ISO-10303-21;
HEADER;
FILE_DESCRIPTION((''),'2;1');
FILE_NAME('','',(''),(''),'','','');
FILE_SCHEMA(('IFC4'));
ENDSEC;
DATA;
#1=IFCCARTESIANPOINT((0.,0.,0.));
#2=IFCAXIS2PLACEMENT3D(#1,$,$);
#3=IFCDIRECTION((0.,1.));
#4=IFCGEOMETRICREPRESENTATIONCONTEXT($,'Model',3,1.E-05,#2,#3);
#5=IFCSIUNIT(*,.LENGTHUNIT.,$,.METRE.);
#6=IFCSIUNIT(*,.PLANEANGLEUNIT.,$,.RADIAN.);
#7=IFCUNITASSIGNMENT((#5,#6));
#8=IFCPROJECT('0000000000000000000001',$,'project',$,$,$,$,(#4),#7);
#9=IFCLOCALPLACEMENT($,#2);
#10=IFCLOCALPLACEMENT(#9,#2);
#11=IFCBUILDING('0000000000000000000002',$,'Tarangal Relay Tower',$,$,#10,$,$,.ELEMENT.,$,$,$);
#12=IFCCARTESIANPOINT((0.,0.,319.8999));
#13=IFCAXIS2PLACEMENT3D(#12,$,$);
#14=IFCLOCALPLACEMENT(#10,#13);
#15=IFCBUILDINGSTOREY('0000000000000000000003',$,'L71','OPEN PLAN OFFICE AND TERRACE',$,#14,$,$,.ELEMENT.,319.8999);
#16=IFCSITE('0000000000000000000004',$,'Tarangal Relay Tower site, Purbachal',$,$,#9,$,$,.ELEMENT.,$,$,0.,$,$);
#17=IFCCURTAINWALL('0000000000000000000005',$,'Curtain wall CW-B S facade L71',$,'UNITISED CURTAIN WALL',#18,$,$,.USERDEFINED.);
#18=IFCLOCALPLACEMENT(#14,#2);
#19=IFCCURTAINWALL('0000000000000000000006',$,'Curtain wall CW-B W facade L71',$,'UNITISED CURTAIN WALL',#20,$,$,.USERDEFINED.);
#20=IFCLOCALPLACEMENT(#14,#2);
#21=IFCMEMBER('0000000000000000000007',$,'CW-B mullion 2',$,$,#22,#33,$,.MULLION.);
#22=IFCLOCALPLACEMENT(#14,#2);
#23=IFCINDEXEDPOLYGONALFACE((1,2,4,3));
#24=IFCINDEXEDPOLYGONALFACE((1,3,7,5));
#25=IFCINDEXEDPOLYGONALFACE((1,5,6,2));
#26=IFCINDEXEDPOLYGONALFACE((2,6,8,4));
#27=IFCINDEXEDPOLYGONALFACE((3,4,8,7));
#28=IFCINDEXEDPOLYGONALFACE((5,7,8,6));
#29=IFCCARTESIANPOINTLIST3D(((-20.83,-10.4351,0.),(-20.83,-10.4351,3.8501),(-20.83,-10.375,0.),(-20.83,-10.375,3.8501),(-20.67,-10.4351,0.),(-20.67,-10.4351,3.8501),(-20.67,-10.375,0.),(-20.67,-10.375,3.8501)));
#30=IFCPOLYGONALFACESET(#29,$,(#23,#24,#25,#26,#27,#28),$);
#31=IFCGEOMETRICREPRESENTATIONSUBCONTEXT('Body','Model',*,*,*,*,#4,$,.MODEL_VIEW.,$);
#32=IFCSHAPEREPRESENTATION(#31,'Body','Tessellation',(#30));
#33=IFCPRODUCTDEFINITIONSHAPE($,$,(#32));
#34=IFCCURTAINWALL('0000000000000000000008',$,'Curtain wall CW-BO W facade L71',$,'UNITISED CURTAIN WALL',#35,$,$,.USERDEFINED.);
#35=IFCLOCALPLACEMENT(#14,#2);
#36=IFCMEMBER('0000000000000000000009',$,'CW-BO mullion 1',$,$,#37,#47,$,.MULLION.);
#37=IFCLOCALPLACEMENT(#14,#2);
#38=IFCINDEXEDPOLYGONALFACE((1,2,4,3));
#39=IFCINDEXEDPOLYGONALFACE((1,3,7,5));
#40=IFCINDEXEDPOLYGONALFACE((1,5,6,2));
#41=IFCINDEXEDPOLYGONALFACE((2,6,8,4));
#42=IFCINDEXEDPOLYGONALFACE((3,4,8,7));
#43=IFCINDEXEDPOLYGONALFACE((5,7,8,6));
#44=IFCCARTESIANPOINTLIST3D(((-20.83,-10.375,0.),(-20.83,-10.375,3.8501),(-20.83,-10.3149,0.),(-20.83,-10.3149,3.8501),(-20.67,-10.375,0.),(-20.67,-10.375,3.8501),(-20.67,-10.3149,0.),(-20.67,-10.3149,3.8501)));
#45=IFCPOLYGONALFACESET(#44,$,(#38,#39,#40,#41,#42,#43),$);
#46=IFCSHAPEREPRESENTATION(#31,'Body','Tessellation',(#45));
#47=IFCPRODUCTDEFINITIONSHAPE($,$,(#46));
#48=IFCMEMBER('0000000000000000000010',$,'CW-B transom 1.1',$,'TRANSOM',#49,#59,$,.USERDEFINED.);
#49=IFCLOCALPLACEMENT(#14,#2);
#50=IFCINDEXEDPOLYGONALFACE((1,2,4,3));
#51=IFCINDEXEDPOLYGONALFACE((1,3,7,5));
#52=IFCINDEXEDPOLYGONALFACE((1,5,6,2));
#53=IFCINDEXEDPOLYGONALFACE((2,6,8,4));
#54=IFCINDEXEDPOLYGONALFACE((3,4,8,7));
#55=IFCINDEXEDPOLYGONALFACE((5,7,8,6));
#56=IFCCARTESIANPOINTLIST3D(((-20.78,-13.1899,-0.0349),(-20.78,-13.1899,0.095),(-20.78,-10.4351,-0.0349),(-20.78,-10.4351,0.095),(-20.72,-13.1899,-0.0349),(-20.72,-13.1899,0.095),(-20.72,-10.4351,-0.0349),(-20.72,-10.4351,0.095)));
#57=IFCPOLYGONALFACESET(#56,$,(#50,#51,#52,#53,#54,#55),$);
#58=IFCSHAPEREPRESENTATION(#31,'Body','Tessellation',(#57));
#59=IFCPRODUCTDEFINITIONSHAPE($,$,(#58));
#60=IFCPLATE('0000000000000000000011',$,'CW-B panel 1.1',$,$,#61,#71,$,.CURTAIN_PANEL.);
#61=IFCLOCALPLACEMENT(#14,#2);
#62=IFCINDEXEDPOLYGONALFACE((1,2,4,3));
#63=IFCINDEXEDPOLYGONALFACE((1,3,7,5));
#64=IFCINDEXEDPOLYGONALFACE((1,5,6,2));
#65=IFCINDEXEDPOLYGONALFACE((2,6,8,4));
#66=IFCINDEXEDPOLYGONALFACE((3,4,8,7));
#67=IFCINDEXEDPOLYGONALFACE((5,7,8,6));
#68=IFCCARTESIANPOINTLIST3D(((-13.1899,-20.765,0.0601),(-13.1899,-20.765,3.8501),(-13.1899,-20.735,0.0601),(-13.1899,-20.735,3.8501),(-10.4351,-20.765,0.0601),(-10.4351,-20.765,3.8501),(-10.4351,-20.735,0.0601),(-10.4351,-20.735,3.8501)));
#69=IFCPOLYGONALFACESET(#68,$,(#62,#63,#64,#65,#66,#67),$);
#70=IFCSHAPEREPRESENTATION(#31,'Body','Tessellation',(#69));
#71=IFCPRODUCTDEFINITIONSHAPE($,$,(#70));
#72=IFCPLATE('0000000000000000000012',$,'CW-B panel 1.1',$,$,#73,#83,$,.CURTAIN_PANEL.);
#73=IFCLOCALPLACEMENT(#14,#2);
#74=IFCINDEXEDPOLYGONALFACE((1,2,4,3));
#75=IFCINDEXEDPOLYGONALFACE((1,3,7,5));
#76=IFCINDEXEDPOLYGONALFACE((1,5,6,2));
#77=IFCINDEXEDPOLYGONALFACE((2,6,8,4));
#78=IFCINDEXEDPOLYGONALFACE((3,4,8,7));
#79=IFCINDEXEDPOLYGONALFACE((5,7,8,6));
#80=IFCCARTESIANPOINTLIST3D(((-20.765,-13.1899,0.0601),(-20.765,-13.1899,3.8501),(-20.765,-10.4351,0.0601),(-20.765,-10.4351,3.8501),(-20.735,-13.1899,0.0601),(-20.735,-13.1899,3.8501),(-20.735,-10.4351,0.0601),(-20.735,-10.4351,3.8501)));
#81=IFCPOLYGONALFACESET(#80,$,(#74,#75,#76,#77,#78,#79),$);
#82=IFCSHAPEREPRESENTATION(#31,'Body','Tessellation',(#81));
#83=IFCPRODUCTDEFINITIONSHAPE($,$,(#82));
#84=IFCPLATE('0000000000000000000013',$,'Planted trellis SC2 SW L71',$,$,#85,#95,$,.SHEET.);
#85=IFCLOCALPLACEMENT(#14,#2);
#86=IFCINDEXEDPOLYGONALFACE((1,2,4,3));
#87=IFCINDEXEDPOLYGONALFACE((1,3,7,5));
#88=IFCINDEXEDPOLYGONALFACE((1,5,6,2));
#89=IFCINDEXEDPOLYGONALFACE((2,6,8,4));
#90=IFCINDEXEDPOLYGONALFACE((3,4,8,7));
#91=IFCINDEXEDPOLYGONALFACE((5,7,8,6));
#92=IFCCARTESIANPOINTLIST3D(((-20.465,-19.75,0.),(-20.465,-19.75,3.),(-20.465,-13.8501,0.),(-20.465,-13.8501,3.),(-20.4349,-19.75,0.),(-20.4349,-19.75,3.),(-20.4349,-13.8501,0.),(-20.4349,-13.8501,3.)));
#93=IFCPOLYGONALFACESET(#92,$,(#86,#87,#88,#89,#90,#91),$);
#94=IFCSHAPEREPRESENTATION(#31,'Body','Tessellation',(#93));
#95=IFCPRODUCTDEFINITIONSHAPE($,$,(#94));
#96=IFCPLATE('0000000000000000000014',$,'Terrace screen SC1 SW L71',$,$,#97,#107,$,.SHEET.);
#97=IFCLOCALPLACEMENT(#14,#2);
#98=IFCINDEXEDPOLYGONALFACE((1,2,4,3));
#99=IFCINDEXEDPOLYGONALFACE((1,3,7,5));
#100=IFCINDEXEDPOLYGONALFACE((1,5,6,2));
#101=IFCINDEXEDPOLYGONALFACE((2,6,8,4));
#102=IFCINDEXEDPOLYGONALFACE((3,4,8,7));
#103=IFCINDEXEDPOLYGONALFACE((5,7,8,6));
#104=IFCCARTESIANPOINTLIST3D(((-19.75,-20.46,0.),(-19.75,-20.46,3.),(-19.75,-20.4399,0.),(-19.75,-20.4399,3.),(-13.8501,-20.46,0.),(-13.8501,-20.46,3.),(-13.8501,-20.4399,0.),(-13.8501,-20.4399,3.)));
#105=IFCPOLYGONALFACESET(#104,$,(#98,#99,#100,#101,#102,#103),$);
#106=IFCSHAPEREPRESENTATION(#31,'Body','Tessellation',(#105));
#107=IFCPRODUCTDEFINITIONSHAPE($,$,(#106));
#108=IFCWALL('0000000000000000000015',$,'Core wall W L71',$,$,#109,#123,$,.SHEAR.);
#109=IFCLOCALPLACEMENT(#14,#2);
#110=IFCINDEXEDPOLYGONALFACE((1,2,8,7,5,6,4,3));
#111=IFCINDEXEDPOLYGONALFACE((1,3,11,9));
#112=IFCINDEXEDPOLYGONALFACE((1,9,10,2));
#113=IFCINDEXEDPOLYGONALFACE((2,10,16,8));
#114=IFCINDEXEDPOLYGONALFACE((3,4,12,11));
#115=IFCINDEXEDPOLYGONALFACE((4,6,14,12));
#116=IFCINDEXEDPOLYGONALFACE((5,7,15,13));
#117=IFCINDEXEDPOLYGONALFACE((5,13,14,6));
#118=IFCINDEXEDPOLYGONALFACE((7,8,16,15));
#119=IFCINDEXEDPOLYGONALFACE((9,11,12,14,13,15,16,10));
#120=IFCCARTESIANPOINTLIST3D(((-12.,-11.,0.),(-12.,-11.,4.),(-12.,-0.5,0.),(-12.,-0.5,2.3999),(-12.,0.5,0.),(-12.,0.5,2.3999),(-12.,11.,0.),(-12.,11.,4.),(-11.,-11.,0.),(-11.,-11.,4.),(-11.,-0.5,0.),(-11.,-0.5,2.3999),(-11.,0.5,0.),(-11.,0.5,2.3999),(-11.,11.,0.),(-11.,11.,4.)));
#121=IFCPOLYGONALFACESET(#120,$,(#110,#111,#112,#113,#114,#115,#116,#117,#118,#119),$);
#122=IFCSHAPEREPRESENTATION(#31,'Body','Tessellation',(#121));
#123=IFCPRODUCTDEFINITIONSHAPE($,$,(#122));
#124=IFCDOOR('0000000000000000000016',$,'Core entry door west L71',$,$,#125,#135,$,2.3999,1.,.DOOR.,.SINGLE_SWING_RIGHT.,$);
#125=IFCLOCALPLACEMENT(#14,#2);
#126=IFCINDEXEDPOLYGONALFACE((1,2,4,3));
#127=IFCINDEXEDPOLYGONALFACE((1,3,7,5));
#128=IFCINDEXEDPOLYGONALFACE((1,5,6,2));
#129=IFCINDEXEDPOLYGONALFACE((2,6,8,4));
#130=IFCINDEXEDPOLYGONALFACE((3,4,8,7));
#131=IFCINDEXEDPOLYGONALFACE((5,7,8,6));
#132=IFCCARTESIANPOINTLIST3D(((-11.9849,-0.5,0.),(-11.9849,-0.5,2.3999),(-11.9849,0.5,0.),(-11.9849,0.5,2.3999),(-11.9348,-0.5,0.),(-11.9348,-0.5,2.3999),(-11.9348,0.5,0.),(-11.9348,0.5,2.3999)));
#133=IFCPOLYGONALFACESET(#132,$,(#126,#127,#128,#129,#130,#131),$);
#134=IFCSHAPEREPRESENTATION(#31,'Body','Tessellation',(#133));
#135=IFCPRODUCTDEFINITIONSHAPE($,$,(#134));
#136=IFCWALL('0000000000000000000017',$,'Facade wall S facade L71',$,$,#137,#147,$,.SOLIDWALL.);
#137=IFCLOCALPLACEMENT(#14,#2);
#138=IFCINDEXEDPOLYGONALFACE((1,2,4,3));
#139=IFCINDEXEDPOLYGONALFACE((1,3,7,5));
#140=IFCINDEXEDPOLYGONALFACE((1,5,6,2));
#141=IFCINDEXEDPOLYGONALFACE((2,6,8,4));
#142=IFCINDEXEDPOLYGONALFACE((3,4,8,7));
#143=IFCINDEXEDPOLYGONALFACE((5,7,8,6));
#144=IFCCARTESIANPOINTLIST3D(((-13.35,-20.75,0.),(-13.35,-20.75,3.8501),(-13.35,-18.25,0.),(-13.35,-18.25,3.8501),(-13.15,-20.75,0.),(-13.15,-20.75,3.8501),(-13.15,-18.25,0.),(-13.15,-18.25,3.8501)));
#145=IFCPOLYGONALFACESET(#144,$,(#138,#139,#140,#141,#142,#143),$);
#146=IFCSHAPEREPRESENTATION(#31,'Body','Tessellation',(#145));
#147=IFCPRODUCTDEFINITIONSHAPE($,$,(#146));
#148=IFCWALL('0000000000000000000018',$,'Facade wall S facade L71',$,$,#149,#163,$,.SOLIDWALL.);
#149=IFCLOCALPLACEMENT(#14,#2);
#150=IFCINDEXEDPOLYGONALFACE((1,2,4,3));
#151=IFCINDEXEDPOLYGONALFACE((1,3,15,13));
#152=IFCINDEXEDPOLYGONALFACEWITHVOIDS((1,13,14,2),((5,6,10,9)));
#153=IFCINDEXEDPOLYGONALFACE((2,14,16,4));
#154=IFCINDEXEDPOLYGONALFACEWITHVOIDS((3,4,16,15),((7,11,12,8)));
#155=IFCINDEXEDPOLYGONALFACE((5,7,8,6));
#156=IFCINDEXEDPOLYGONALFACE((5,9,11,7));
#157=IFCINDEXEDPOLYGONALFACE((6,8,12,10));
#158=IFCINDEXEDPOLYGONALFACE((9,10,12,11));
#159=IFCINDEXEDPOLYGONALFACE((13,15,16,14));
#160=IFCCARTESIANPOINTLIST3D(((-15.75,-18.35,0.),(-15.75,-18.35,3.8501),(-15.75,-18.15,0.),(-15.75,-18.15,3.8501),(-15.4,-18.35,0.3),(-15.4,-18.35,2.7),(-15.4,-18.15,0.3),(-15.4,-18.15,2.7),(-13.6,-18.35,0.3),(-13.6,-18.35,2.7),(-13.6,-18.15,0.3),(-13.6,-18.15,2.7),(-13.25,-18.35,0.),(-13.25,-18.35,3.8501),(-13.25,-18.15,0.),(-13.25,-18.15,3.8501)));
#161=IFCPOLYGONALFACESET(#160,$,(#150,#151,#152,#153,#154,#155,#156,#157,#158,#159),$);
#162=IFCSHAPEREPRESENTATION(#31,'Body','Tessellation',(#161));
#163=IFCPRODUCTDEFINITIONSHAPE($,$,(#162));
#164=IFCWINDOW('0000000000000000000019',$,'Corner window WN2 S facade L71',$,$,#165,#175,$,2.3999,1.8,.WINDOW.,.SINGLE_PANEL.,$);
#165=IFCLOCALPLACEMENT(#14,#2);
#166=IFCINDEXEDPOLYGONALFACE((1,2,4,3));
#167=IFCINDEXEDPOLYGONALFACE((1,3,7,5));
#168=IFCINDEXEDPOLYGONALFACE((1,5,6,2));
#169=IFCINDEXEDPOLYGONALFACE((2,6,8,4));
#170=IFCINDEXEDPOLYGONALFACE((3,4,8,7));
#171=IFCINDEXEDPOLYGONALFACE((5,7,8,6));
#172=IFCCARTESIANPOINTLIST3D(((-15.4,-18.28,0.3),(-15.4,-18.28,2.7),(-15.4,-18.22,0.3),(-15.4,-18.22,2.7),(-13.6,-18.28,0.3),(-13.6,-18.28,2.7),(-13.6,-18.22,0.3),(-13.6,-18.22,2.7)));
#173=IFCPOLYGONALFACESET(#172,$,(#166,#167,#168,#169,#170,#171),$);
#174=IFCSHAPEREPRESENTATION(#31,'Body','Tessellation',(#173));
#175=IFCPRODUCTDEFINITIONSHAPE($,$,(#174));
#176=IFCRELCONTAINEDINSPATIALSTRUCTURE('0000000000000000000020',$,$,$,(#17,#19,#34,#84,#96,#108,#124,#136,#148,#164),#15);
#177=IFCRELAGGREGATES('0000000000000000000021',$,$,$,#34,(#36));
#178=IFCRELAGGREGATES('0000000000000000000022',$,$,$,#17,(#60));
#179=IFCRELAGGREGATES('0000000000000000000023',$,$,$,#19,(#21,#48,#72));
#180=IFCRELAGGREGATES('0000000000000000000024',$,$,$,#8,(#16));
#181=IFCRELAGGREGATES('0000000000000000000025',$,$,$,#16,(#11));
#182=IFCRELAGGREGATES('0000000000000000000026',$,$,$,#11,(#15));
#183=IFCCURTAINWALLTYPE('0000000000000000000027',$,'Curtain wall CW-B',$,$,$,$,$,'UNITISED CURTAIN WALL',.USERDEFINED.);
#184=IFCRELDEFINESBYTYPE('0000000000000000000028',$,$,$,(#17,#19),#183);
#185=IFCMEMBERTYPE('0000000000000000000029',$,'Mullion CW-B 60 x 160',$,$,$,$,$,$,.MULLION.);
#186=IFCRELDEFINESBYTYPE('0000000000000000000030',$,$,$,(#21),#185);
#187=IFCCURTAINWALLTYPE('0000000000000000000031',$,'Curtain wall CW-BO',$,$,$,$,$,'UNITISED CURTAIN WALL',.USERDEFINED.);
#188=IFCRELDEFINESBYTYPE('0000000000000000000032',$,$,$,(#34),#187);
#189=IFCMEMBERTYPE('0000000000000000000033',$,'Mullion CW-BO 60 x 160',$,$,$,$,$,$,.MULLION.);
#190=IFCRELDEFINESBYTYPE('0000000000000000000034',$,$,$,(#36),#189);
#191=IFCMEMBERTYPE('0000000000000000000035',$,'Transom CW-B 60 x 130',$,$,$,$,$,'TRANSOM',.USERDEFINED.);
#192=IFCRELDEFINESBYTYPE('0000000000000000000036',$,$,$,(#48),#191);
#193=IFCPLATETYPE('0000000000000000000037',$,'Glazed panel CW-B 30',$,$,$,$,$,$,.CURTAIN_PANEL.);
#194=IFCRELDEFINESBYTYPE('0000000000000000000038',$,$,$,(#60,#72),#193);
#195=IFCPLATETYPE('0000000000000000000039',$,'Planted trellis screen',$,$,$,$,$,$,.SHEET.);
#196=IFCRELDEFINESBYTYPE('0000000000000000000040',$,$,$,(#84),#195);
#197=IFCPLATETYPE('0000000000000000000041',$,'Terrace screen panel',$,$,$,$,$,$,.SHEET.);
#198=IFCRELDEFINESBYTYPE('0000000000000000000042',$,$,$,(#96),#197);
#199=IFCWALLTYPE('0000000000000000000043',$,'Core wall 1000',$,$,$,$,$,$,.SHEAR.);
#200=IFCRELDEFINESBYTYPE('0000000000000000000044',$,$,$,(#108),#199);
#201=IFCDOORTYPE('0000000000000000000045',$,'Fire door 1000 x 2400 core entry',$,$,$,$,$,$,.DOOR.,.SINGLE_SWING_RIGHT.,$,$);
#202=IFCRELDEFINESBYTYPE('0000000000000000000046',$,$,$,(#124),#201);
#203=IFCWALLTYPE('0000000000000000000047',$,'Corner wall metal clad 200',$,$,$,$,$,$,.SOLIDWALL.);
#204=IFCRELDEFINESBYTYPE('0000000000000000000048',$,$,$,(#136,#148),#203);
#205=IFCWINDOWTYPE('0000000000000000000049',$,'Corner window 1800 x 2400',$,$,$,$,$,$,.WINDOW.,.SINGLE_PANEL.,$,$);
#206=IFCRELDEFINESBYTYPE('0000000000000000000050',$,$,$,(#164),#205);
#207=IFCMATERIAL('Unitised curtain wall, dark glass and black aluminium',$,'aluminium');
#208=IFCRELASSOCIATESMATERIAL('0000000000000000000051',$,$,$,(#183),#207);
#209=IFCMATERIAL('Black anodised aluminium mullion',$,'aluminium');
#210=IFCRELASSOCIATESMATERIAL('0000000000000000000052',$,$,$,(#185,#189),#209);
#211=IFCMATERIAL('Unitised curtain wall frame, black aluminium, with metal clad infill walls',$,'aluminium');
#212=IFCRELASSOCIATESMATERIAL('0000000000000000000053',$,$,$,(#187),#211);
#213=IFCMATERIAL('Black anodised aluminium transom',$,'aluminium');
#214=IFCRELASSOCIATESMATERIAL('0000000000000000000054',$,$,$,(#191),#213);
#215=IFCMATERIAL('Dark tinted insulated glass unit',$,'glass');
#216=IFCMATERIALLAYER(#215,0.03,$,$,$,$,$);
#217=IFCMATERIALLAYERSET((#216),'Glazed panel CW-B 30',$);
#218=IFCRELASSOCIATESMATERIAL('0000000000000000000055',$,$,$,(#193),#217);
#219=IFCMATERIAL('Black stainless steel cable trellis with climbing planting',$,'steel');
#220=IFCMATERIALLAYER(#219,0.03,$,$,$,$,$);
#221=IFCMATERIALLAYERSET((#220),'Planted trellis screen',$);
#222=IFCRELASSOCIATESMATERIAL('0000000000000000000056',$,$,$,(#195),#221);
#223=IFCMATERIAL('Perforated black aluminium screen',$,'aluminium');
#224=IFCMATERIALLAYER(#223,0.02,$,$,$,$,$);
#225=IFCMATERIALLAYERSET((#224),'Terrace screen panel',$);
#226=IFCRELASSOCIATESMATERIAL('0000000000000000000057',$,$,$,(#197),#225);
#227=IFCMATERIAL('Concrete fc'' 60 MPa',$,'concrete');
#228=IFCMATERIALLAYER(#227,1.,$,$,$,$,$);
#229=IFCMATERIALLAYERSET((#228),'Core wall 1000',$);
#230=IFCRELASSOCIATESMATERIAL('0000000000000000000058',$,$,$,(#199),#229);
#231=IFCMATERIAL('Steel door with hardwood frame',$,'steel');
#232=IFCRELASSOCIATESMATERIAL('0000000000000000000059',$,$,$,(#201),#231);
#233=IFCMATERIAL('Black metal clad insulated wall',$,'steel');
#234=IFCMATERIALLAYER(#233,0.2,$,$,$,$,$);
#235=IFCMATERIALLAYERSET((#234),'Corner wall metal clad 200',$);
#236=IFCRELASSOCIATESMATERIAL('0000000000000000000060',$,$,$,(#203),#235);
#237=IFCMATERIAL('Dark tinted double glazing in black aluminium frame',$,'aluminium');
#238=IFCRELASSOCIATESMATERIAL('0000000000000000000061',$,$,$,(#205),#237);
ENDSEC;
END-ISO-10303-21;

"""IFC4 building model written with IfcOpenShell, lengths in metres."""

from ifc_helpers import new_model, si_unit, direction, frame, frame_2d, origin, origin_2d, place, context, subcontext, project, spatial, rectangle, extrude, material, layer, layer_set, material_profile, profile_set, type_object, element, fill, aggregate, save


model = new_model("IFC4")

# Units and contexts
model_context = context("Model", 3, precision=1e-05, world=origin(), true_north=direction((0.0, 1.0)))
body_context = subcontext(model_context, "Body", "Model", "MODEL_VIEW")
ifc_project = project(units=[si_unit("LENGTHUNIT", "METRE"), si_unit("PLANEANGLEUNIT", "RADIAN")], contexts=[model_context])

# Site, building, storey
site_placement = place(None, origin())
site = spatial("IfcSite", under=ifc_project, at=site_placement, Name="Tarangal Relay Tower site, Purbachal", CompositionType="ELEMENT", RefElevation=0.0)
building_placement = place(site_placement, origin())
building = spatial("IfcBuilding", under=site, at=building_placement, Name="Tarangal Relay Tower", CompositionType="ELEMENT")
storey_placement = place(building_placement, frame((0.0, 0.0, 319.8999)))
storey = spatial("IfcBuildingStorey", under=building, at=storey_placement, Name="L71", Description="OPEN PLAN OFFICE AND TERRACE", CompositionType="ELEMENT", Elevation=319.8999)

# Curtain wall
ifc_material_1 = material(Name="Unitised curtain wall, dark glass and black aluminium", Category="aluminium")
curtain_wall_type_1 = type_object("IfcCurtainWallType", Name="Curtain wall CW-B", ElementType="UNITISED CURTAIN WALL", PredefinedType="USERDEFINED", material=ifc_material_1)
curtain_wall_1_placement = place(storey_placement, origin())
curtain_wall_1 = element("IfcCurtainWall", 1, at=curtain_wall_1_placement, inside=storey, type_object=curtain_wall_type_1, Name="Curtain wall CW-B S facade L71", ObjectType="UNITISED CURTAIN WALL", PredefinedType="USERDEFINED")
ifc_material_2 = material(Name="Black anodised aluminium mullion", Category="aluminium")
ifc_material_profile_1 = material_profile(ifc_material_2, rectangle(XDim=0.1599, YDim=0.0601, at=origin_2d()), Name="CW-BM 60X160")
ifc_profile_set_1 = profile_set([ifc_material_profile_1], Name="Black anodised aluminium mullion")
member_type_1 = type_object("IfcMemberType", Name="Mullion CW-B 60 x 160", PredefinedType="MULLION", material=ifc_profile_set_1)

# Curtain wall, member
curtain_wall_2_placement = place(storey_placement, origin())
curtain_wall_2 = element("IfcCurtainWall", 2, at=curtain_wall_2_placement, inside=storey, type_object=curtain_wall_type_1, Name="Curtain wall CW-B W facade L71", ObjectType="UNITISED CURTAIN WALL", PredefinedType="USERDEFINED")
member_1_placement = place(storey_placement, frame((-20.75, -10.405, 0.0), z_axis=(0.0, 0.0, 1.0), x_axis=(-1.0, 0.0, 0.0)))
member_1 = element("IfcMember", 3, at=member_1_placement, type_object=member_type_1, Name="CW-B mullion 2", PredefinedType="MULLION", context=body_context, shape_type="SweptSolid", body=[
    extrude(rectangle(XDim=0.1599, YDim=0.0601, at=origin_2d()), origin(), (0.0, 0.0, 1.0), 3.8501),
])

# Curtain wall, member
ifc_material_3 = material(Name="Unitised curtain wall frame, black aluminium, with metal clad infill walls", Category="aluminium")
curtain_wall_type_2 = type_object("IfcCurtainWallType", Name="Curtain wall CW-BO", ElementType="UNITISED CURTAIN WALL", PredefinedType="USERDEFINED", material=ifc_material_3)
curtain_wall_3_placement = place(storey_placement, origin())
curtain_wall_3 = element("IfcCurtainWall", 4, at=curtain_wall_3_placement, inside=storey, type_object=curtain_wall_type_2, Name="Curtain wall CW-BO W facade L71", ObjectType="UNITISED CURTAIN WALL", PredefinedType="USERDEFINED")
ifc_material_profile_2 = material_profile(ifc_material_2, rectangle(XDim=0.1599, YDim=0.0601, at=origin_2d()), Name="CW-BOM 60X160")
ifc_profile_set_2 = profile_set([ifc_material_profile_2], Name="Black anodised aluminium mullion")
member_type_2 = type_object("IfcMemberType", Name="Mullion CW-BO 60 x 160", PredefinedType="MULLION", material=ifc_profile_set_2)
member_2_placement = place(storey_placement, frame((-20.75, -10.345, 0.0), z_axis=(0.0, 0.0, 1.0), x_axis=(-1.0, 0.0, 0.0)))
member_2 = element("IfcMember", 5, at=member_2_placement, type_object=member_type_2, Name="CW-BO mullion 1", PredefinedType="MULLION", context=body_context, shape_type="SweptSolid", body=[
    extrude(rectangle(XDim=0.1599, YDim=0.0601, at=origin_2d()), origin(), (0.0, 0.0, 1.0), 3.8501),
])
aggregate(curtain_wall_3, [member_2])

# Member
ifc_material_4 = material(Name="Black anodised aluminium transom", Category="aluminium")
ifc_material_profile_3 = material_profile(ifc_material_4, rectangle(XDim=0.0601, YDim=0.1299, at=origin_2d()), Name="CW-BT 60X130")
ifc_profile_set_3 = profile_set([ifc_material_profile_3], Name="Black anodised aluminium transom")
member_type_3 = type_object("IfcMemberType", Name="Transom CW-B 60 x 130", ElementType="TRANSOM", PredefinedType="USERDEFINED", material=ifc_profile_set_3)
member_3_placement = place(storey_placement, frame((-20.75, -13.1899, 0.03), z_axis=(0.0, 1.0, 0.0), x_axis=(-1.0, 0.0, 0.0)))
member_3 = element("IfcMember", 6, at=member_3_placement, type_object=member_type_3, Name="CW-B transom 1.1", ObjectType="TRANSOM", PredefinedType="USERDEFINED", context=body_context, shape_type="SweptSolid", body=[
    extrude(rectangle(XDim=0.0601, YDim=0.1299, at=origin_2d()), origin(), (0.0, 0.0, 1.0), 2.7549),
])

# Plates
ifc_material_5 = material(Name="Dark tinted insulated glass unit", Category="glass")
ifc_layer_1 = layer(ifc_material_5, 0.03)
ifc_layer_set_1 = layer_set([ifc_layer_1], Name="Glazed panel CW-B 30")
plate_type_1 = type_object("IfcPlateType", Name="Glazed panel CW-B 30", PredefinedType="CURTAIN_PANEL", material=ifc_layer_set_1)
plate_1_placement = place(storey_placement, frame((-11.8125, -20.75, 0.0601), z_axis=(0.0, 0.0, 1.0), x_axis=(-1.0, 0.0, 0.0)))
plate_1 = element("IfcPlate", 7, at=plate_1_placement, type_object=plate_type_1, Name="CW-B panel 1.1", PredefinedType="CURTAIN_PANEL", context=body_context, shape_type="SweptSolid", body=[
    extrude(rectangle(XDim=2.7549, YDim=0.03, at=origin_2d()), origin(), (0.0, 0.0, 1.0), 3.79),
])
aggregate(curtain_wall_1, [plate_1])
plate_2_placement = place(storey_placement, frame((-20.75, -11.8125, 0.0601), z_axis=(0.0, 0.0, 1.0), x_axis=(0.0, 1.0, 0.0)))
plate_2 = element("IfcPlate", 8, at=plate_2_placement, type_object=plate_type_1, Name="CW-B panel 1.1", PredefinedType="CURTAIN_PANEL", context=body_context, shape_type="SweptSolid", body=[
    extrude(rectangle(XDim=2.7549, YDim=0.03, at=origin_2d()), origin(), (0.0, 0.0, 1.0), 3.79),
])
aggregate(curtain_wall_2, [member_1, member_3, plate_2])

# Plates
ifc_material_6 = material(Name="Black stainless steel cable trellis with climbing planting", Category="steel")
ifc_layer_2 = layer(ifc_material_6, 0.03)
ifc_layer_set_2 = layer_set([ifc_layer_2], Name="Planted trellis screen")
plate_type_2 = type_object("IfcPlateType", Name="Planted trellis screen", PredefinedType="SHEET", material=ifc_layer_set_2)
plate_3_placement = place(storey_placement, frame((-20.45, -16.8, 0.0), z_axis=(0.0, 0.0, 1.0), x_axis=(0.0, 1.0, 0.0)))
element("IfcPlate", 9, at=plate_3_placement, inside=storey, type_object=plate_type_2, Name="Planted trellis SC2 SW L71", PredefinedType="SHEET", context=body_context, shape_type="SweptSolid", body=[
    extrude(rectangle(XDim=5.8999, YDim=0.03, at=origin_2d()), origin(), (0.0, 0.0, 1.0), 3.0),
])
ifc_material_7 = material(Name="Perforated black aluminium screen", Category="aluminium")
ifc_layer_3 = layer(ifc_material_7, 0.02)
ifc_layer_set_3 = layer_set([ifc_layer_3], Name="Terrace screen panel")
plate_type_3 = type_object("IfcPlateType", Name="Terrace screen panel", PredefinedType="SHEET", material=ifc_layer_set_3)
plate_4_placement = place(storey_placement, frame((-16.8, -20.45, 0.0), z_axis=(0.0, 0.0, 1.0), x_axis=(-1.0, 0.0, 0.0)))
element("IfcPlate", 10, at=plate_4_placement, inside=storey, type_object=plate_type_3, Name="Terrace screen SC1 SW L71", PredefinedType="SHEET", context=body_context, shape_type="SweptSolid", body=[
    extrude(rectangle(XDim=5.8999, YDim=0.02, at=origin_2d()), origin(), (0.0, 0.0, 1.0), 3.0),
])

# Wall, opening, door
ifc_material_8 = material(Name="Concrete fc' 60 MPa", Category="concrete")
ifc_layer_4 = layer(ifc_material_8, 1.0)
ifc_layer_set_4 = layer_set([ifc_layer_4], Name="Core wall 1000")
wall_type_1 = type_object("IfcWallType", Name="Core wall 1000", PredefinedType="SHEAR", material=ifc_layer_set_4)
wall_1_placement = place(storey_placement, frame((-11.5, -11.0, 0.0), z_axis=(0.0, 0.0, 1.0), x_axis=(0.0, 1.0, 0.0)))
wall_1 = element("IfcWall", 11, at=wall_1_placement, inside=storey, type_object=wall_type_1, Name="Core wall W L71", PredefinedType="SHEAR", context=body_context, shape_type="SweptSolid", body=[
    extrude(rectangle(XDim=22.0, YDim=1.0, at=frame_2d((11.0, 0.0))), origin(), (0.0, 0.0, 1.0), 4.0),
])
opening_1_placement = place(wall_1_placement, frame((10.5, 0.0, 0.0)))
opening_1 = element("IfcOpeningElement", 12, at=opening_1_placement, cuts=wall_1, PredefinedType="OPENING", context=body_context, shape_type="SweptSolid", body=[
    extrude(rectangle(XDim=1.0, YDim=2.3999, at=frame_2d((0.5, 1.2))), frame((0.0, 0.51, 0.0), z_axis=(0.0, -1.0, 0.0), x_axis=(1.0, 0.0, 0.0)), (0.0, 0.0, 1.0), 1.02),
])
ifc_material_9 = material(Name="Steel door with hardwood frame", Category="steel")
door_type_1 = type_object("IfcDoorType", Name="Fire door 1000 x 2400 core entry", OperationType="SINGLE_SWING_RIGHT", PredefinedType="DOOR", material=ifc_material_9)
door_1_placement = place(opening_1_placement, origin())
door_1 = element("IfcDoor", 13, at=door_1_placement, inside=storey, type_object=door_type_1, Name="Core entry door west L71", OperationType="SINGLE_SWING_RIGHT", OverallHeight=2.3999, OverallWidth=1.0, PredefinedType="DOOR", context=body_context, shape_type="SweptSolid", body=[
    extrude(rectangle(XDim=1.0, YDim=2.3999, at=frame_2d((0.5, 1.2))), frame((0.0, 0.4849, 0.0), z_axis=(0.0, -1.0, 0.0), x_axis=(1.0, 0.0, 0.0)), (0.0, 0.0, 1.0), 0.05),
])
fill(opening_1, door_1)

# Wall
ifc_material_10 = material(Name="Black metal clad insulated wall", Category="steel")
ifc_layer_5 = layer(ifc_material_10, 0.2)
ifc_layer_set_5 = layer_set([ifc_layer_5], Name="Corner wall metal clad 200")
wall_type_2 = type_object("IfcWallType", Name="Corner wall metal clad 200", PredefinedType="SOLIDWALL", material=ifc_layer_set_5)
wall_2_placement = place(storey_placement, frame((-13.25, -20.75, 0.0), z_axis=(0.0, 0.0, 1.0), x_axis=(0.0, 1.0, 0.0)))
element("IfcWall", 14, at=wall_2_placement, inside=storey, type_object=wall_type_2, Name="Facade wall S facade L71", PredefinedType="SOLIDWALL", context=body_context, shape_type="SweptSolid", body=[
    extrude(rectangle(XDim=2.5, YDim=0.2, at=frame_2d((1.25, 0.0))), origin(), (0.0, 0.0, 1.0), 3.8501),
])

# Wall, opening, window
wall_3_placement = place(storey_placement, frame((-13.25, -18.25, 0.0), z_axis=(0.0, 0.0, 1.0), x_axis=(-1.0, 0.0, 0.0)))
wall_3 = element("IfcWall", 15, at=wall_3_placement, inside=storey, type_object=wall_type_2, Name="Facade wall S facade L71", PredefinedType="SOLIDWALL", context=body_context, shape_type="SweptSolid", body=[
    extrude(rectangle(XDim=2.5, YDim=0.2, at=frame_2d((1.25, 0.0))), origin(), (0.0, 0.0, 1.0), 3.8501),
])
opening_2_placement = place(wall_3_placement, frame((0.3501, 0.0, 0.3)))
opening_2 = element("IfcOpeningElement", 16, at=opening_2_placement, cuts=wall_3, PredefinedType="OPENING", context=body_context, shape_type="SweptSolid", body=[
    extrude(rectangle(XDim=1.8, YDim=2.3999, at=frame_2d((0.8999, 1.2))), frame((0.0, 0.1099, 0.0), z_axis=(0.0, -1.0, 0.0), x_axis=(1.0, 0.0, 0.0)), (0.0, 0.0, 1.0), 0.22),
])
ifc_material_11 = material(Name="Dark tinted double glazing in black aluminium frame", Category="aluminium")
window_type = type_object("IfcWindowType", Name="Corner window 1800 x 2400", PartitioningType="SINGLE_PANEL", PredefinedType="WINDOW", material=ifc_material_11)
window_1_placement = place(opening_2_placement, origin())
window_1 = element("IfcWindow", 17, at=window_1_placement, inside=storey, type_object=window_type, Name="Corner window WN2 S facade L71", OverallHeight=2.3999, OverallWidth=1.8, PartitioningType="SINGLE_PANEL", PredefinedType="WINDOW", context=body_context, shape_type="SweptSolid", body=[
    extrude(rectangle(XDim=1.8, YDim=2.3999, at=frame_2d((0.8999, 1.2))), frame((0.0, 0.03, 0.0), z_axis=(0.0, -1.0, 0.0), x_axis=(1.0, 0.0, 0.0)), (0.0, 0.0, 1.0), 0.0601),
])
fill(opening_2, window_1)

save(model, "model.ifc")
